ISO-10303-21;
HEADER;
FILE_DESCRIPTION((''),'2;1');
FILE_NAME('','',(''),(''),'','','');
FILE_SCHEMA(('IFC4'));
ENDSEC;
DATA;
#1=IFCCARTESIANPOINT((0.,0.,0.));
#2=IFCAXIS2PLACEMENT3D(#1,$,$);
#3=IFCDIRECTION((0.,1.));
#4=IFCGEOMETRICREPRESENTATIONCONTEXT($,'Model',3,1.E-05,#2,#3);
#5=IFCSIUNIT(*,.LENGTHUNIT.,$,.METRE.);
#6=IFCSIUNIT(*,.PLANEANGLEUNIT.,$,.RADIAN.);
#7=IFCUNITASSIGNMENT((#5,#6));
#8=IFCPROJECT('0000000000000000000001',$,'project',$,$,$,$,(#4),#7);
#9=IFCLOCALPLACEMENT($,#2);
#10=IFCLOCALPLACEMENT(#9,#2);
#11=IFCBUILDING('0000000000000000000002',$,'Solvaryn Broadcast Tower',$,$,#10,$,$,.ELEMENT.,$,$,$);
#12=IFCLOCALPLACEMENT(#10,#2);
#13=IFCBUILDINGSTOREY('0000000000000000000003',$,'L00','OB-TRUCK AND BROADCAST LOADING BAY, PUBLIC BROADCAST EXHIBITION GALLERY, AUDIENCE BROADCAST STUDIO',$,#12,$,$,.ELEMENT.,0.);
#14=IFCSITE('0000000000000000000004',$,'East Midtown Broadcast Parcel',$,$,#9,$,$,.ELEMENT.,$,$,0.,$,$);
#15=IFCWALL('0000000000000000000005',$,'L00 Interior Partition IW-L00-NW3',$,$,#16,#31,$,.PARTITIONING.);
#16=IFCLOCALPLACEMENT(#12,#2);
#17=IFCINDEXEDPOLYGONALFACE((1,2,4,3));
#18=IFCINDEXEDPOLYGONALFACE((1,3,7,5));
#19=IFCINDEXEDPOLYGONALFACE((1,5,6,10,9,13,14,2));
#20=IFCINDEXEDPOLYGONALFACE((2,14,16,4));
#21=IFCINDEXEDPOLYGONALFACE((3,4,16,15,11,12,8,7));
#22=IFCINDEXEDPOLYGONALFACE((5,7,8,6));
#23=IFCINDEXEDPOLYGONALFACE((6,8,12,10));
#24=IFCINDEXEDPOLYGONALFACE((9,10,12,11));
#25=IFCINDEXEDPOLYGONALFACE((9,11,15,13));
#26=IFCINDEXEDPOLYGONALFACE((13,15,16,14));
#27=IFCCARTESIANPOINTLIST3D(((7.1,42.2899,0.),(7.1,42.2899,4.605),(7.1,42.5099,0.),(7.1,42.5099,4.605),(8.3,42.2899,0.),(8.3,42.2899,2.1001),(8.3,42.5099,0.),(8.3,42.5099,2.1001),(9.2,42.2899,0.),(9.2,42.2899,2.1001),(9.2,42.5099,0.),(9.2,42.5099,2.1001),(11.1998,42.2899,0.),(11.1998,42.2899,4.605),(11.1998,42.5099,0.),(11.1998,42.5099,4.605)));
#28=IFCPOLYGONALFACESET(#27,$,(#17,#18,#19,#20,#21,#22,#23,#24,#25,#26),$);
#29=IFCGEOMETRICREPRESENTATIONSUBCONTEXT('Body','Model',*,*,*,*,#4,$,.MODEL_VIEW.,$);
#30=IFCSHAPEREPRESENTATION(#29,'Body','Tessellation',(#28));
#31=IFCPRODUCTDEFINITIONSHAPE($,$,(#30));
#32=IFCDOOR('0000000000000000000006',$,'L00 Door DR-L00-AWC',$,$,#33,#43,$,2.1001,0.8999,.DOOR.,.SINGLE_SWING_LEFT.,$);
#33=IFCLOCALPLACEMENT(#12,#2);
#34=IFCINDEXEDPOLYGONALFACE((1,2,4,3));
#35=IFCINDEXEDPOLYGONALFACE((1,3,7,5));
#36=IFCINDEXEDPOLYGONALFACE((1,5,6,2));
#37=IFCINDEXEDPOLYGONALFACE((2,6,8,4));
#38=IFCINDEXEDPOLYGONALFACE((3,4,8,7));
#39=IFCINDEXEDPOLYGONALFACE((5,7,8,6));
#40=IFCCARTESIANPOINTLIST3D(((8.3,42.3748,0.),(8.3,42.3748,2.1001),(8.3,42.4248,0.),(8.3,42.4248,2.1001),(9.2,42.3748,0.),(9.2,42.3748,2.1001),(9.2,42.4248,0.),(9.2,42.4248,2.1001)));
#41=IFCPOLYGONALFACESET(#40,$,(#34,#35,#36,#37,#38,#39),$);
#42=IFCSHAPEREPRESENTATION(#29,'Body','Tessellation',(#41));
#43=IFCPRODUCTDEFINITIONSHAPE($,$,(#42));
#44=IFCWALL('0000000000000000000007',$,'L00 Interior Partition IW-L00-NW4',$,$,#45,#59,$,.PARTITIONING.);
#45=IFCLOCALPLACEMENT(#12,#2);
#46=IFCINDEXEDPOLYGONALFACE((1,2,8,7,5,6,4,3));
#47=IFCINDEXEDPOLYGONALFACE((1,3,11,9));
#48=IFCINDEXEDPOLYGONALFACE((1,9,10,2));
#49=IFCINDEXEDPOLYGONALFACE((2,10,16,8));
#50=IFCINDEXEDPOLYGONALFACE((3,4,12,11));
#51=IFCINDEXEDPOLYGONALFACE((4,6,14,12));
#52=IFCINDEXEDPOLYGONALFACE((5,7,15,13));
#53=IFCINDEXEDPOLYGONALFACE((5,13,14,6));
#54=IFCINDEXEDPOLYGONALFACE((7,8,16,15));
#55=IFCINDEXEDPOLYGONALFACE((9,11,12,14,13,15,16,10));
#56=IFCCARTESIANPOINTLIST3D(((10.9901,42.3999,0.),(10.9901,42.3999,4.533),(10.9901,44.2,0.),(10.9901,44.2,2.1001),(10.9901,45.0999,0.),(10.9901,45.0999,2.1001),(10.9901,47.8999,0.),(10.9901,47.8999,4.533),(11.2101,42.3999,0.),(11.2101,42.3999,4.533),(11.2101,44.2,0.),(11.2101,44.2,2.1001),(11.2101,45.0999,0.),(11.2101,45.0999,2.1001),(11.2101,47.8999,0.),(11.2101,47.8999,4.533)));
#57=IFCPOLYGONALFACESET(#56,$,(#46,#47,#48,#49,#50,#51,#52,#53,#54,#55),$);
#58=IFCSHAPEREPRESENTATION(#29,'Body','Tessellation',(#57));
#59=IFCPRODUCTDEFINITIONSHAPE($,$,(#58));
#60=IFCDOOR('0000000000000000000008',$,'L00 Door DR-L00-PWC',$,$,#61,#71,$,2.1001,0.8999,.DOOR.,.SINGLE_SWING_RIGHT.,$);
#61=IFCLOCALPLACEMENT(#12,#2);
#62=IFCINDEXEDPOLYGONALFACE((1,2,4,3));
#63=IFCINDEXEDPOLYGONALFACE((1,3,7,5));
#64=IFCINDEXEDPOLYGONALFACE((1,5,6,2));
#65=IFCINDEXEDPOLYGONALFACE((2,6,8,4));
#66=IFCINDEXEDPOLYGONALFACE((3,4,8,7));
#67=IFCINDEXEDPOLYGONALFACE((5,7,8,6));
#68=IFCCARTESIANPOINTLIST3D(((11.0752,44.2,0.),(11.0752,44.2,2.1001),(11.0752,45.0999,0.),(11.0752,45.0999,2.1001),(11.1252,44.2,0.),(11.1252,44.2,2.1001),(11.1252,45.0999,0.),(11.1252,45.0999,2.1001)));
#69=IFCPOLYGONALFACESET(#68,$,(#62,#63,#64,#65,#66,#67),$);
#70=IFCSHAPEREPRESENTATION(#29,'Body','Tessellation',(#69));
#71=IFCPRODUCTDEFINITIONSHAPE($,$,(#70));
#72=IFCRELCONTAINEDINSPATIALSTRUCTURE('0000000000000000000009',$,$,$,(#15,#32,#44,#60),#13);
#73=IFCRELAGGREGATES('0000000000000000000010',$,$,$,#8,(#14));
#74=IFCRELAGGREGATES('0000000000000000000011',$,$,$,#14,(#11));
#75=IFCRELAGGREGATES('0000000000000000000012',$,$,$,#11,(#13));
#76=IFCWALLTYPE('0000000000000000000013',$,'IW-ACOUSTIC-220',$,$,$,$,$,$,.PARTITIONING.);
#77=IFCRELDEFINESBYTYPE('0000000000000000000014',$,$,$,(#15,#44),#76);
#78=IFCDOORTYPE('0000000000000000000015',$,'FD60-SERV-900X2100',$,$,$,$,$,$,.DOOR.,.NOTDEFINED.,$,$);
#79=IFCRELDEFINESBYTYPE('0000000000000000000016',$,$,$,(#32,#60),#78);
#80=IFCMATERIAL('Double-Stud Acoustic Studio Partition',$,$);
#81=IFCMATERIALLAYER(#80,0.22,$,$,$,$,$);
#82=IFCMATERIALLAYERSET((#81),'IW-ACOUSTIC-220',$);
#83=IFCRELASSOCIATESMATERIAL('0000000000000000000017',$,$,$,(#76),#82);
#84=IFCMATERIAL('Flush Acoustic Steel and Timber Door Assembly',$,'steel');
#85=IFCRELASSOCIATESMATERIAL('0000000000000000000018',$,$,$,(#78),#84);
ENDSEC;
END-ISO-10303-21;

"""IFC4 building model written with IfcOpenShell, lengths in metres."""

from ifc_helpers import new_model, si_unit, direction, frame, frame_2d, origin, place, context, subcontext, project, spatial, rectangle, extrude, material, layer, layer_set, type_object, element, fill, save


model = new_model("IFC4")

# Units and contexts
model_context = context("Model", 3, precision=1e-05, world=origin(), true_north=direction((0.0, 1.0)))
body_context = subcontext(model_context, "Body", "Model", "MODEL_VIEW")
ifc_project = project(units=[si_unit("LENGTHUNIT", "METRE"), si_unit("PLANEANGLEUNIT", "RADIAN")], contexts=[model_context])

# Site, building, storey
site_placement = place(None, origin())
site = spatial("IfcSite", under=ifc_project, at=site_placement, Name="East Midtown Broadcast Parcel", CompositionType="ELEMENT", RefElevation=0.0)
building_placement = place(site_placement, origin())
building = spatial("IfcBuilding", under=site, at=building_placement, Name="Solvaryn Broadcast Tower", CompositionType="ELEMENT")
storey_placement = place(building_placement, origin())
storey = spatial("IfcBuildingStorey", under=building, at=storey_placement, Name="L00", Description="OB-TRUCK AND BROADCAST LOADING BAY, PUBLIC BROADCAST EXHIBITION GALLERY, AUDIENCE BROADCAST STUDIO", CompositionType="ELEMENT", Elevation=0.0)

# Walls, openings, doors
ifc_material_1 = material(Name="Double-Stud Acoustic Studio Partition")
ifc_layer_1 = layer(ifc_material_1, 0.22)
ifc_layer_set_1 = layer_set([ifc_layer_1], Name="IW-ACOUSTIC-220")
wall_type_1 = type_object("IfcWallType", Name="IW-ACOUSTIC-220", PredefinedType="PARTITIONING", material=ifc_layer_set_1)
wall_1_placement = place(storey_placement, frame((7.1001, 42.3999, 0.0), z_axis=(0.0, 0.0, 1.0), x_axis=(1.0, 0.0, 0.0)))
wall_1 = element("IfcWall", 1, at=wall_1_placement, inside=storey, type_object=wall_type_1, Name="L00 Interior Partition IW-L00-NW3", PredefinedType="PARTITIONING", context=body_context, shape_type="SweptSolid", body=[
    extrude(rectangle(XDim=4.0999, YDim=0.22, at=frame_2d((2.0498, 0.0))), origin(), (0.0, 0.0, 1.0), 4.605),
])
opening_1_placement = place(wall_1_placement, frame((1.2, 0.0, 0.0)))
opening_1 = element("IfcOpeningElement", 2, at=opening_1_placement, cuts=wall_1, PredefinedType="OPENING", context=body_context, shape_type="SweptSolid", body=[
    extrude(rectangle(XDim=0.8999, YDim=2.1001, at=frame_2d((0.45, 1.05))), frame((0.0, 0.1199, 0.0), z_axis=(0.0, -1.0, 0.0), x_axis=(1.0, 0.0, 0.0)), (0.0, 0.0, 1.0), 0.24),
])
ifc_material_2 = material(Name="Flush Acoustic Steel and Timber Door Assembly", Category="steel")
door_type_1 = type_object("IfcDoorType", Name="FD60-SERV-900X2100", OperationType="NOTDEFINED", PredefinedType="DOOR", material=ifc_material_2)
door_1_placement = place(opening_1_placement, origin())
door_1 = element("IfcDoor", 3, at=door_1_placement, inside=storey, type_object=door_type_1, Name="L00 Door DR-L00-AWC", OperationType="SINGLE_SWING_LEFT", OverallHeight=2.1001, OverallWidth=0.8999, PredefinedType="DOOR", context=body_context, shape_type="SweptSolid", body=[
    extrude(rectangle(XDim=0.8999, YDim=2.1001, at=frame_2d((0.45, 1.05))), frame((0.0, 0.0249, 0.0), z_axis=(0.0, -1.0, 0.0), x_axis=(1.0, 0.0, 0.0)), (0.0, 0.0, 1.0), 0.05),
])
fill(opening_1, door_1)
wall_2_placement = place(storey_placement, frame((11.1001, 42.3999, 0.0), z_axis=(0.0, 0.0, 1.0), x_axis=(0.0, 1.0, 0.0)))
wall_2 = element("IfcWall", 4, at=wall_2_placement, inside=storey, type_object=wall_type_1, Name="L00 Interior Partition IW-L00-NW4", PredefinedType="PARTITIONING", context=body_context, shape_type="SweptSolid", body=[
    extrude(rectangle(XDim=5.5, YDim=0.22, at=frame_2d((2.75, 0.0))), origin(), (0.0, 0.0, 1.0), 4.533),
])
opening_2_placement = place(wall_2_placement, frame((1.8, 0.0, 0.0)))
opening_2 = element("IfcOpeningElement", 5, at=opening_2_placement, cuts=wall_2, PredefinedType="OPENING", context=body_context, shape_type="SweptSolid", body=[
    extrude(rectangle(XDim=0.8999, YDim=2.1001, at=frame_2d((0.45, 1.05))), frame((0.0, 0.1199, 0.0), z_axis=(0.0, -1.0, 0.0), x_axis=(1.0, 0.0, 0.0)), (0.0, 0.0, 1.0), 0.24),
])
door_2_placement = place(opening_2_placement, origin())
door_2 = element("IfcDoor", 6, at=door_2_placement, inside=storey, type_object=door_type_1, Name="L00 Door DR-L00-PWC", OperationType="SINGLE_SWING_RIGHT", OverallHeight=2.1001, OverallWidth=0.8999, PredefinedType="DOOR", context=body_context, shape_type="SweptSolid", body=[
    extrude(rectangle(XDim=0.8999, YDim=2.1001, at=frame_2d((0.45, 1.05))), frame((0.0, 0.0249, 0.0), z_axis=(0.0, -1.0, 0.0), x_axis=(1.0, 0.0, 0.0)), (0.0, 0.0, 1.0), 0.05),
])
fill(opening_2, door_2)

save(model, "model.ifc")
